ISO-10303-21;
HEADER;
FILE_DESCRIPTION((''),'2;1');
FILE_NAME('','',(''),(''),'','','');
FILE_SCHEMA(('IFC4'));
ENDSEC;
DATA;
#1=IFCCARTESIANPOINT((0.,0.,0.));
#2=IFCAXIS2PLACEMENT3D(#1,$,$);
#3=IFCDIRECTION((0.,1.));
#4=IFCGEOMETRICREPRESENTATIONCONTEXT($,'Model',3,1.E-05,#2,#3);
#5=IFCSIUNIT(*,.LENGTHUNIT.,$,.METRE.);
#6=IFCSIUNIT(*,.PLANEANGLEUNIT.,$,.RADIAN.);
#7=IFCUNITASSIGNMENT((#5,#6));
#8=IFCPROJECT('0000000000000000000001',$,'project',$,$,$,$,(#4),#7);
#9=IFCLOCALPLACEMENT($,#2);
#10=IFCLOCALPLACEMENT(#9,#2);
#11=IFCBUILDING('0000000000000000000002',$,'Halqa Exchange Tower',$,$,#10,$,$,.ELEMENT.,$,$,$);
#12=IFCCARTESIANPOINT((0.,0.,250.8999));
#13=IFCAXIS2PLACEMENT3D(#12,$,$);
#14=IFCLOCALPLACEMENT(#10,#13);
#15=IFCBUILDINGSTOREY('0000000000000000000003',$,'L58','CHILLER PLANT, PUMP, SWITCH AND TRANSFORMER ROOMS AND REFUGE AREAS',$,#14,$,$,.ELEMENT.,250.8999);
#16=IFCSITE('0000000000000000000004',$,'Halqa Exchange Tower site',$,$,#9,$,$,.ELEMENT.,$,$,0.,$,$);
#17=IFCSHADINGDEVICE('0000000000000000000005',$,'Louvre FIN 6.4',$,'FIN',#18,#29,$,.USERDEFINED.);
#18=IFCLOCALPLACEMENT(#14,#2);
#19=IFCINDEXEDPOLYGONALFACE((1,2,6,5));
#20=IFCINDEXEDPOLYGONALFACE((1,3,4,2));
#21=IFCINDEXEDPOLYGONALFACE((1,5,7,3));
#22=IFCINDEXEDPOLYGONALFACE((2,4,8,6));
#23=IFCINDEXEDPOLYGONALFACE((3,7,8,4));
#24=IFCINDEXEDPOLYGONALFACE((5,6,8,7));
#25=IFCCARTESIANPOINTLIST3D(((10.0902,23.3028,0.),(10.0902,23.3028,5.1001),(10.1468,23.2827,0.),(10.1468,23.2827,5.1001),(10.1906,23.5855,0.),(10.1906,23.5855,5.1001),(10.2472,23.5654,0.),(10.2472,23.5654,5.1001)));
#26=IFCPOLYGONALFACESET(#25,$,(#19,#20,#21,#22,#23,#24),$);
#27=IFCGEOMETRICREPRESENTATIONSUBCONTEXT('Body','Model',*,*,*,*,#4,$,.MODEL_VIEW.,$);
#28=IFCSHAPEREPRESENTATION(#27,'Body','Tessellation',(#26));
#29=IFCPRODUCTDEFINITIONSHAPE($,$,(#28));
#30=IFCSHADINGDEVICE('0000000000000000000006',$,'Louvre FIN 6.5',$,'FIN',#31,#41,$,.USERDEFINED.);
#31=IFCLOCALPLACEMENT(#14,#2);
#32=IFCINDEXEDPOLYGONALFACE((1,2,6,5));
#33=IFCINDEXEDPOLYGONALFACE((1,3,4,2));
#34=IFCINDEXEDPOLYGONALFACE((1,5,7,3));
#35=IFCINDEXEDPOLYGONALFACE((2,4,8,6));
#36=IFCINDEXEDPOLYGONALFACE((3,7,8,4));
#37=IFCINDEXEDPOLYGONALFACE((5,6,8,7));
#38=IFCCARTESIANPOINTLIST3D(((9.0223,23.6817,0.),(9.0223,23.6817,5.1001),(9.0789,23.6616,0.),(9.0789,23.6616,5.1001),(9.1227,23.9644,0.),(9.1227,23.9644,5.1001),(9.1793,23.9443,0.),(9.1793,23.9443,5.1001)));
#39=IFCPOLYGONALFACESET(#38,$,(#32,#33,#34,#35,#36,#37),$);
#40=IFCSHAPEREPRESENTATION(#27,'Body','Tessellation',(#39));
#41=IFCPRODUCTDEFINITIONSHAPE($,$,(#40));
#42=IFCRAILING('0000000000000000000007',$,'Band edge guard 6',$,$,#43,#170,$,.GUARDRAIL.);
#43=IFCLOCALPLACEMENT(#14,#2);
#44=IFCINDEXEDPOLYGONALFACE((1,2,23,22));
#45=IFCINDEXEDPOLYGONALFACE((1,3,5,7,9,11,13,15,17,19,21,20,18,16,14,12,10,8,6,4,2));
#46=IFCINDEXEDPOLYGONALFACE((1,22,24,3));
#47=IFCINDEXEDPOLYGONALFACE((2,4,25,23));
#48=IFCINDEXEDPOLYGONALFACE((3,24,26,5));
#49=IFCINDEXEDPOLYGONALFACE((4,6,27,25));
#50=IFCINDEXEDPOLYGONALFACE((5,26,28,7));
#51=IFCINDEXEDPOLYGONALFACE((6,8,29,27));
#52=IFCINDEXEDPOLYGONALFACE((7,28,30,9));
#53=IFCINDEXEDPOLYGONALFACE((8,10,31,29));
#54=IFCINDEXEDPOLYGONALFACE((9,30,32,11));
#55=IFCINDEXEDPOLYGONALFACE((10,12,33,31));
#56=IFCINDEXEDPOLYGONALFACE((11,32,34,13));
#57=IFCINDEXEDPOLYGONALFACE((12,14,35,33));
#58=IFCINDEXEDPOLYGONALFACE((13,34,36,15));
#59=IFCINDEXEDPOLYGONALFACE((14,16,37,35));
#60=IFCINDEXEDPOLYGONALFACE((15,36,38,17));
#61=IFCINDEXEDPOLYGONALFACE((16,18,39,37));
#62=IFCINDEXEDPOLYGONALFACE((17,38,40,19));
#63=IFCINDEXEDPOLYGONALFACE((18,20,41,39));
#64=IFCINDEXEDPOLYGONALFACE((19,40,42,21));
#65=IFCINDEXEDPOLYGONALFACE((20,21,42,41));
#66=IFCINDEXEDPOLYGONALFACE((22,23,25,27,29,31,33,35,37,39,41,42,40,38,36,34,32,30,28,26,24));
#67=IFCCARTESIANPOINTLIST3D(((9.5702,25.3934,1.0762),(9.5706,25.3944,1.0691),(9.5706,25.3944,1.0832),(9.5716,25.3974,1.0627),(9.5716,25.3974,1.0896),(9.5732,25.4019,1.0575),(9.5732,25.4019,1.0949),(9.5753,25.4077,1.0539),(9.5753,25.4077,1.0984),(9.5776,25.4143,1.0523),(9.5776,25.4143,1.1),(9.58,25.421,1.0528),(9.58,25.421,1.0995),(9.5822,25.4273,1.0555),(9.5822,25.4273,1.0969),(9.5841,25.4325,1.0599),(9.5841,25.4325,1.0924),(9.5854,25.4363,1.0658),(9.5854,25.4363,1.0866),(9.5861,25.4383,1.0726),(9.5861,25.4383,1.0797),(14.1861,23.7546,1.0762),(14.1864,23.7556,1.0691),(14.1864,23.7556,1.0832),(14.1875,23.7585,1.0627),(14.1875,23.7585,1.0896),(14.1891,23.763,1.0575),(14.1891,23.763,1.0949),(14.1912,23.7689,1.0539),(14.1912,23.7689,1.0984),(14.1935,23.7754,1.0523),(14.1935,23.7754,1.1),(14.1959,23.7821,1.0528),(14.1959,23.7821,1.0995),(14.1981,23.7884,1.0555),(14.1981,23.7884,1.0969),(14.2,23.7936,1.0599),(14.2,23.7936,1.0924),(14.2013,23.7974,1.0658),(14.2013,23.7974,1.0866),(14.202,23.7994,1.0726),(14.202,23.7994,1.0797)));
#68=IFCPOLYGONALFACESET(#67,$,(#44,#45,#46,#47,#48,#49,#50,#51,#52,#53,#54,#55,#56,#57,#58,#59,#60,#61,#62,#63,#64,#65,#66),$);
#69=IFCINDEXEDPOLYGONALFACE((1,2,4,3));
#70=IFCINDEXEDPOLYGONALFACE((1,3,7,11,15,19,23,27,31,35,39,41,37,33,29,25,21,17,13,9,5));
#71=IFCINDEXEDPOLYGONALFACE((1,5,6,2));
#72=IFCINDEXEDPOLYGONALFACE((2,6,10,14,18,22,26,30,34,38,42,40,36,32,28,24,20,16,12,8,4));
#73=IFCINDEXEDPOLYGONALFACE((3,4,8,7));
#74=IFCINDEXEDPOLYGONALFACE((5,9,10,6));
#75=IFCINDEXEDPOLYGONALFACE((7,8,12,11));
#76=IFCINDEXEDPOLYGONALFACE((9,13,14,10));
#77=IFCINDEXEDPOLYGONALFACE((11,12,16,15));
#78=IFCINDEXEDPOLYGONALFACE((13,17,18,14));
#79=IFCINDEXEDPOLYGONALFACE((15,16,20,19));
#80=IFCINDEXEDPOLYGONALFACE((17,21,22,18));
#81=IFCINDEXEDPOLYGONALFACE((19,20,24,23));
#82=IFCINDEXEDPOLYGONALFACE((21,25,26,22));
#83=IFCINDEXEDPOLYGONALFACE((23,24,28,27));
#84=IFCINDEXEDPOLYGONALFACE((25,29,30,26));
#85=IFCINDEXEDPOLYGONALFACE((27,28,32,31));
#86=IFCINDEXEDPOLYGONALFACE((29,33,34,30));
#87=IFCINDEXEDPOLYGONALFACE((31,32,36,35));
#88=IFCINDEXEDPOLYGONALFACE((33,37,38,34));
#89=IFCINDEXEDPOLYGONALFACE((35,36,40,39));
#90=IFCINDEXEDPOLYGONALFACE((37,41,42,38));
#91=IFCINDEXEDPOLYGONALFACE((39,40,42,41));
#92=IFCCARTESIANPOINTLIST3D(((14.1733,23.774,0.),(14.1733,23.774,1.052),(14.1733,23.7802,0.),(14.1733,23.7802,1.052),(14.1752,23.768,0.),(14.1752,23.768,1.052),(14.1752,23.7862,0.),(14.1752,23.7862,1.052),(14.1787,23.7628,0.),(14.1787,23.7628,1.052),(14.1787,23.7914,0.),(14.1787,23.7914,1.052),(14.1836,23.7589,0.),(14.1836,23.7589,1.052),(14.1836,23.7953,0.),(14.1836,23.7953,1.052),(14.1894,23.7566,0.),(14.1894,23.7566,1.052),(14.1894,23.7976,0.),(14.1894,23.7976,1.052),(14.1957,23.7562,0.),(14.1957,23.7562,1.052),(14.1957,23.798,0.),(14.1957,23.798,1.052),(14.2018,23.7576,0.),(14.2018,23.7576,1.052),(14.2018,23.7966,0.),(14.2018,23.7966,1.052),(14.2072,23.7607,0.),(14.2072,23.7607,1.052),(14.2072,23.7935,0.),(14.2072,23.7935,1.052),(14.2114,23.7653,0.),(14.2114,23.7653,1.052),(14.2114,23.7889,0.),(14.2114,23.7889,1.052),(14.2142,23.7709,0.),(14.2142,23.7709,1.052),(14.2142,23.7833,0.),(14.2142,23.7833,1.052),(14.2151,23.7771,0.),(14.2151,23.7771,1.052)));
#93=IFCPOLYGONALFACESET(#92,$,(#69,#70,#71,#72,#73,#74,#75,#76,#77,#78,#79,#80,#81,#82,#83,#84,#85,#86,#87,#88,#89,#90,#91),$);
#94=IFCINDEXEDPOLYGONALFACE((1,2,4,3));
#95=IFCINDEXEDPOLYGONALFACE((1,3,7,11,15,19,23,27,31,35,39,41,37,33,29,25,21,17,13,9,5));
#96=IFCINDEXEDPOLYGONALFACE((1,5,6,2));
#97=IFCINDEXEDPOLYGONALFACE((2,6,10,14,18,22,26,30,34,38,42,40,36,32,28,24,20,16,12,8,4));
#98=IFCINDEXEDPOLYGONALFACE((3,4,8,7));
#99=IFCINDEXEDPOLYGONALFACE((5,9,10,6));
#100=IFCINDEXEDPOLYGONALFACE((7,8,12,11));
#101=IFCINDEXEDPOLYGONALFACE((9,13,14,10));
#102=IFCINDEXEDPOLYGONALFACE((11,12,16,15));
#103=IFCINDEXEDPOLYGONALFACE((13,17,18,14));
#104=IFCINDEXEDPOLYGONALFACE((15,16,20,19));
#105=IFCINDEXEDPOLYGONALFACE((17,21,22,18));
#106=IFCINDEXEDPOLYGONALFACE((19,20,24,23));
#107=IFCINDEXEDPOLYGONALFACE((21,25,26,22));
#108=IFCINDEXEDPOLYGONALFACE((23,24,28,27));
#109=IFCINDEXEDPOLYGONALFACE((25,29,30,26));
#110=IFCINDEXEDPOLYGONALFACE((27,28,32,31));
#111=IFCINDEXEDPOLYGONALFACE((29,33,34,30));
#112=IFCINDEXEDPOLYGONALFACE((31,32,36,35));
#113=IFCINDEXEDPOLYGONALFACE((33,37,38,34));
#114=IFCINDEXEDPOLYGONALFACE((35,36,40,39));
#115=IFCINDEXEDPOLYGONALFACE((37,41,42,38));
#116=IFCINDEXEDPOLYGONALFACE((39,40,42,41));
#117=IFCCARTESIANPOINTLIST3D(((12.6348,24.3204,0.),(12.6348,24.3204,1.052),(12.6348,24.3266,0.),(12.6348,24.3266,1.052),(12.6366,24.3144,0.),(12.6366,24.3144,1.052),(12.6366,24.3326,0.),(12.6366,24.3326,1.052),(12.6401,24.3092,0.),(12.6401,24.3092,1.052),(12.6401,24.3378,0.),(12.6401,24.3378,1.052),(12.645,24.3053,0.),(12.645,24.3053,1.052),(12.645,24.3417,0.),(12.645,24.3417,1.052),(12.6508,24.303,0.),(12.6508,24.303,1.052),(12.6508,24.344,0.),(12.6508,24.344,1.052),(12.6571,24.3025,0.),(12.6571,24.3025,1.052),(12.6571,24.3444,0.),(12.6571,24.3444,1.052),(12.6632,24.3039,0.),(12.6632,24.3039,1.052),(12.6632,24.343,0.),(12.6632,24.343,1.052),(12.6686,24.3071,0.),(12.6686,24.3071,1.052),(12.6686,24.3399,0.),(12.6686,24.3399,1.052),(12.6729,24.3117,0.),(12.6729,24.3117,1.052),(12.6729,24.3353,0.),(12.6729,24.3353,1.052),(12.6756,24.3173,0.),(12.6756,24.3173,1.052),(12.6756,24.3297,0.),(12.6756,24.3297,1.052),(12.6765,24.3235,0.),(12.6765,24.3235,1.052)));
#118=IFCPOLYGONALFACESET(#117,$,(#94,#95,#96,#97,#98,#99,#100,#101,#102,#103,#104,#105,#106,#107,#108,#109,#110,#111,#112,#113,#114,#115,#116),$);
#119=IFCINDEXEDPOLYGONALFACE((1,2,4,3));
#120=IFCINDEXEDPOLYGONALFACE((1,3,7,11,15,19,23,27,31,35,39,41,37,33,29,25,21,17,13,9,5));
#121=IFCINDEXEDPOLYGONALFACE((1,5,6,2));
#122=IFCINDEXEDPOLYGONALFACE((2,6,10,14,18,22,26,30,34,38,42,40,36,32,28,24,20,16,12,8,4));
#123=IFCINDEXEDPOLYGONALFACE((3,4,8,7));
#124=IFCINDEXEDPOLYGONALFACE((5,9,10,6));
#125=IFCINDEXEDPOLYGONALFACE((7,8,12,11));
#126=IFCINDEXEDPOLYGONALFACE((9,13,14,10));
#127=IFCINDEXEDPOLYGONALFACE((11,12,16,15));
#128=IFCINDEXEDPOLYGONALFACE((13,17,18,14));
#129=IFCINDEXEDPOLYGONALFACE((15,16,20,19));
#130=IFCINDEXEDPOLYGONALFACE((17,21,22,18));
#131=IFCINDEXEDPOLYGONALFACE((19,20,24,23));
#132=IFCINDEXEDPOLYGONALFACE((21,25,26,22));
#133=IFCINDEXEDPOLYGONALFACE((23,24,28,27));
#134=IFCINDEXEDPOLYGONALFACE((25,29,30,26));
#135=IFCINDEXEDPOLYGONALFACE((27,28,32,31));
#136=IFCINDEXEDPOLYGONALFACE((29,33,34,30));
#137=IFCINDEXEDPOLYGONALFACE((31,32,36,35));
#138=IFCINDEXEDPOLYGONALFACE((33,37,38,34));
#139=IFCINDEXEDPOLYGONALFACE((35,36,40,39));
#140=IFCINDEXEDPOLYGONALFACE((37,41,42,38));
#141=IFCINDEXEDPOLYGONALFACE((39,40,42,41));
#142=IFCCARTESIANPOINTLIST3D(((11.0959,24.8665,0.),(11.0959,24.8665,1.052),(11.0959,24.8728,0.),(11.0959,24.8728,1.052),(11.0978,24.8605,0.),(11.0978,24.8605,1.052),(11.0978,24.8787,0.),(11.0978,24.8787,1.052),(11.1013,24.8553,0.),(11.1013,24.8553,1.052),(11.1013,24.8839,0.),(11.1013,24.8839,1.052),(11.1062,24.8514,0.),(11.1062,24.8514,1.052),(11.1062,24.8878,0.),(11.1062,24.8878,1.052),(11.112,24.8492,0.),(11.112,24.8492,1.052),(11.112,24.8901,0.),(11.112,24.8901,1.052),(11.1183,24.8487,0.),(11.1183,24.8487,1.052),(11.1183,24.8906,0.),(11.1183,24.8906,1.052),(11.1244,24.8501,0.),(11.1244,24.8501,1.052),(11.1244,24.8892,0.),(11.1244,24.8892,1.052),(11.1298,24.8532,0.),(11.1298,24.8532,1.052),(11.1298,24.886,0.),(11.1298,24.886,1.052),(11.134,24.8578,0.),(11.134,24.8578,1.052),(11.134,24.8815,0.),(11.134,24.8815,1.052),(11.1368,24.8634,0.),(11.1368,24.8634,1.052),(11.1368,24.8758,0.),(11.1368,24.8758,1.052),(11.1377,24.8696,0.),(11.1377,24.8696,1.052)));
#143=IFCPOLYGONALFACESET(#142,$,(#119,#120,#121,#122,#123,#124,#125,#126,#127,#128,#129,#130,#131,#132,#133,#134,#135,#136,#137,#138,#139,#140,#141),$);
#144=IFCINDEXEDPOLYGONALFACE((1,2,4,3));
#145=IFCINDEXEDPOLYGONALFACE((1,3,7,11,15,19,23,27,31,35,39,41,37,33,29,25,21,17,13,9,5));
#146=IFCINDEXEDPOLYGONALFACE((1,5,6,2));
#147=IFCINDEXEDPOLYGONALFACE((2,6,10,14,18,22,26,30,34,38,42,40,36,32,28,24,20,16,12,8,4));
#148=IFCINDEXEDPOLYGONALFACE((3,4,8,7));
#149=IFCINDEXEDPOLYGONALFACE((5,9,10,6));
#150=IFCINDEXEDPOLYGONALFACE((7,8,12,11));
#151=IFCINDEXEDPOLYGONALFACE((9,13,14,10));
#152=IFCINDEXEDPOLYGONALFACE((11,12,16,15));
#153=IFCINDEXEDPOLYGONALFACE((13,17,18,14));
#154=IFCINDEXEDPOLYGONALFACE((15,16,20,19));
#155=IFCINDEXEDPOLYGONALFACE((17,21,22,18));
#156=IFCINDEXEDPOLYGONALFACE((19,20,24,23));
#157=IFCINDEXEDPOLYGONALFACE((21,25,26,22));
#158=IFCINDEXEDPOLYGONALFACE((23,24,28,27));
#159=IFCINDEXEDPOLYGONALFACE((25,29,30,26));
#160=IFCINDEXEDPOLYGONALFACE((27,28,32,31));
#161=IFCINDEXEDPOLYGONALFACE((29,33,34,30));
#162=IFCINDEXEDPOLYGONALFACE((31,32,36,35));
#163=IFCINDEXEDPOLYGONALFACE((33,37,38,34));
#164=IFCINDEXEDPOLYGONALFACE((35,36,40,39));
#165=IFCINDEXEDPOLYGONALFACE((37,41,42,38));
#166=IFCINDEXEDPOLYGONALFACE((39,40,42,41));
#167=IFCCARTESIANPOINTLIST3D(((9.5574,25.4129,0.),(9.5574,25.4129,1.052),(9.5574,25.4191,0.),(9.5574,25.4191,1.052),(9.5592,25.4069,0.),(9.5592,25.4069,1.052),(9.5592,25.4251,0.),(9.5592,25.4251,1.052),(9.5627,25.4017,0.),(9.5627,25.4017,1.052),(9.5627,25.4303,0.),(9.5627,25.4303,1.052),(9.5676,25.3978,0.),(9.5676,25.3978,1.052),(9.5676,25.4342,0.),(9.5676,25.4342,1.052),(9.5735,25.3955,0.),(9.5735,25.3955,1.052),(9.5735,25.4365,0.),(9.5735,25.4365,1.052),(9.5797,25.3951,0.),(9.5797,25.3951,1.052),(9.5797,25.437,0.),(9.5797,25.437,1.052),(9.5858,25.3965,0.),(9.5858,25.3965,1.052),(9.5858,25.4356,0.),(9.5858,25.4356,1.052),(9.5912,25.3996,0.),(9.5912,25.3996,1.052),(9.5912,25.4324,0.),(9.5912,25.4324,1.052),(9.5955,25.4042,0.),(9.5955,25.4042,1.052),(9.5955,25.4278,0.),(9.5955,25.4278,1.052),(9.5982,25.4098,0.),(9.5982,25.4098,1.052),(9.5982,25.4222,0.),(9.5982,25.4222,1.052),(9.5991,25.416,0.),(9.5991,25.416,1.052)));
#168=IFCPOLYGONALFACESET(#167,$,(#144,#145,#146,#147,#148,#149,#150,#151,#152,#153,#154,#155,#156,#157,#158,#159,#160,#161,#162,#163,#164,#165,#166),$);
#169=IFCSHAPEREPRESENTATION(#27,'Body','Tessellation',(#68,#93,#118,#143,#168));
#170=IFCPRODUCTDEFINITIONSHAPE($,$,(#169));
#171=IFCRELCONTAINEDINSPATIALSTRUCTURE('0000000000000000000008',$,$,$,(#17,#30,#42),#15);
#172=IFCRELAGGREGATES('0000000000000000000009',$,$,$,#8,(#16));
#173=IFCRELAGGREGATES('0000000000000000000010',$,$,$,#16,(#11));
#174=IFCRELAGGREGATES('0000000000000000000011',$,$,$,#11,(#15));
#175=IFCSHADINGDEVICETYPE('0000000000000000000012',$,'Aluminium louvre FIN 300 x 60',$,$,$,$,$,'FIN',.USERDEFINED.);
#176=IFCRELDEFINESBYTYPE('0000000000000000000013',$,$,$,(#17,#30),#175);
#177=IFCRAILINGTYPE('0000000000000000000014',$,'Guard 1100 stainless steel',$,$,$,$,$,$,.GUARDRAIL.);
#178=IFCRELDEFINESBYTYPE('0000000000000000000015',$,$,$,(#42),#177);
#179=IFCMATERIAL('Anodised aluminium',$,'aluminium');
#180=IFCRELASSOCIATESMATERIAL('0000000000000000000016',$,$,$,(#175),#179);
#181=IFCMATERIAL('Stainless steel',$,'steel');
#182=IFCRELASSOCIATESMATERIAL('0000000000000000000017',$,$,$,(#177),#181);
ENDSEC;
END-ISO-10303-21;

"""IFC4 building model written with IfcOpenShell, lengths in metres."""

from ifc_helpers import new_model, si_unit, direction, frame, origin, origin_2d, place, context, subcontext, project, spatial, rectangle, circle, extrude, material, material_profile, profile_set, type_object, element, save


model = new_model("IFC4")

# Units and contexts
model_context = context("Model", 3, precision=1e-05, world=origin(), true_north=direction((0.0, 1.0)))
body_context = subcontext(model_context, "Body", "Model", "MODEL_VIEW")
ifc_project = project(units=[si_unit("LENGTHUNIT", "METRE"), si_unit("PLANEANGLEUNIT", "RADIAN")], contexts=[model_context])

# Site, building, storey
site_placement = place(None, origin())
site = spatial("IfcSite", under=ifc_project, at=site_placement, Name="Halqa Exchange Tower site", CompositionType="ELEMENT", RefElevation=0.0)
building_placement = place(site_placement, origin())
building = spatial("IfcBuilding", under=site, at=building_placement, Name="Halqa Exchange Tower", CompositionType="ELEMENT")
storey_placement = place(building_placement, frame((0.0, 0.0, 250.8999)))
storey = spatial("IfcBuildingStorey", under=building, at=storey_placement, Name="L58", Description="CHILLER PLANT, PUMP, SWITCH AND TRANSFORMER ROOMS AND REFUGE AREAS", CompositionType="ELEMENT", Elevation=250.8999)

# Shading devices
ifc_material_1 = material(Name="Anodised aluminium", Category="aluminium")
ifc_material_profile_1 = material_profile(ifc_material_1, rectangle(XDim=0.3, YDim=0.0601, at=origin_2d()), Name="AL FIN 300x60")
ifc_profile_set_1 = profile_set([ifc_material_profile_1], Name="Anodised aluminium")
shading_device_type = type_object("IfcShadingDeviceType", Name="Aluminium louvre FIN 300 x 60", ElementType="FIN", PredefinedType="USERDEFINED", material=ifc_profile_set_1)
for number, where, z_axis, x_axis, name in (
    (1, (10.1687, 23.4341, 0.0), (0.0, 0.0, 1.0), (-0.334578, -0.942368, 0.0), "Louvre FIN 6.4"),
    (2, (9.1008, 23.813, 0.0), (0.0, 0.0, 1.0), (-0.334578, -0.942368, 0.0), "Louvre FIN 6.5"),
):
    element("IfcShadingDevice", number, at=place(storey_placement, frame(where, z_axis=z_axis, x_axis=x_axis)), inside=storey, type_object=shading_device_type, Name=name, ObjectType="FIN", PredefinedType="USERDEFINED", context=body_context, shape_type="SweptSolid", body=[
        extrude(rectangle(XDim=0.3, YDim=0.0601, at=origin_2d()), origin(), (0.0, 0.0, 1.0), 5.1001),
    ])

# Railing
ifc_material_2 = material(Name="Stainless steel", Category="steel")
railing_type = type_object("IfcRailingType", Name="Guard 1100 stainless steel", PredefinedType="GUARDRAIL", material=ifc_material_2)
railing_1_placement = place(storey_placement, frame((14.1941, 23.7771, 0.0)))
element("IfcRailing", 3, at=railing_1_placement, inside=storey, type_object=railing_type, Name="Band edge guard 6", PredefinedType="GUARDRAIL", context=body_context, shape_type="SweptSolid", body=[
    extrude(circle(Radius=0.0239, at=origin_2d()), frame((0.0, 0.0, 1.0762), z_axis=(-0.942364, 0.33459, 0.0), x_axis=(-0.33459, -0.942364, 0.0)), (0.0, 0.0, 1.0), 4.8982),
    extrude(circle(Radius=0.021, at=origin_2d()), origin(), (0.0, 0.0, 1.0), 1.052),
    extrude(circle(Radius=0.021, at=origin_2d()), frame((-1.5386, 0.5464, 0.0)), (0.0, 0.0, 1.0), 1.052),
    extrude(circle(Radius=0.021, at=origin_2d()), frame((-3.0774, 1.0925, 0.0)), (0.0, 0.0, 1.0), 1.052),
    extrude(circle(Radius=0.021, at=origin_2d()), frame((-4.616, 1.6389, 0.0)), (0.0, 0.0, 1.0), 1.052),
])

save(model, "model.ifc")
